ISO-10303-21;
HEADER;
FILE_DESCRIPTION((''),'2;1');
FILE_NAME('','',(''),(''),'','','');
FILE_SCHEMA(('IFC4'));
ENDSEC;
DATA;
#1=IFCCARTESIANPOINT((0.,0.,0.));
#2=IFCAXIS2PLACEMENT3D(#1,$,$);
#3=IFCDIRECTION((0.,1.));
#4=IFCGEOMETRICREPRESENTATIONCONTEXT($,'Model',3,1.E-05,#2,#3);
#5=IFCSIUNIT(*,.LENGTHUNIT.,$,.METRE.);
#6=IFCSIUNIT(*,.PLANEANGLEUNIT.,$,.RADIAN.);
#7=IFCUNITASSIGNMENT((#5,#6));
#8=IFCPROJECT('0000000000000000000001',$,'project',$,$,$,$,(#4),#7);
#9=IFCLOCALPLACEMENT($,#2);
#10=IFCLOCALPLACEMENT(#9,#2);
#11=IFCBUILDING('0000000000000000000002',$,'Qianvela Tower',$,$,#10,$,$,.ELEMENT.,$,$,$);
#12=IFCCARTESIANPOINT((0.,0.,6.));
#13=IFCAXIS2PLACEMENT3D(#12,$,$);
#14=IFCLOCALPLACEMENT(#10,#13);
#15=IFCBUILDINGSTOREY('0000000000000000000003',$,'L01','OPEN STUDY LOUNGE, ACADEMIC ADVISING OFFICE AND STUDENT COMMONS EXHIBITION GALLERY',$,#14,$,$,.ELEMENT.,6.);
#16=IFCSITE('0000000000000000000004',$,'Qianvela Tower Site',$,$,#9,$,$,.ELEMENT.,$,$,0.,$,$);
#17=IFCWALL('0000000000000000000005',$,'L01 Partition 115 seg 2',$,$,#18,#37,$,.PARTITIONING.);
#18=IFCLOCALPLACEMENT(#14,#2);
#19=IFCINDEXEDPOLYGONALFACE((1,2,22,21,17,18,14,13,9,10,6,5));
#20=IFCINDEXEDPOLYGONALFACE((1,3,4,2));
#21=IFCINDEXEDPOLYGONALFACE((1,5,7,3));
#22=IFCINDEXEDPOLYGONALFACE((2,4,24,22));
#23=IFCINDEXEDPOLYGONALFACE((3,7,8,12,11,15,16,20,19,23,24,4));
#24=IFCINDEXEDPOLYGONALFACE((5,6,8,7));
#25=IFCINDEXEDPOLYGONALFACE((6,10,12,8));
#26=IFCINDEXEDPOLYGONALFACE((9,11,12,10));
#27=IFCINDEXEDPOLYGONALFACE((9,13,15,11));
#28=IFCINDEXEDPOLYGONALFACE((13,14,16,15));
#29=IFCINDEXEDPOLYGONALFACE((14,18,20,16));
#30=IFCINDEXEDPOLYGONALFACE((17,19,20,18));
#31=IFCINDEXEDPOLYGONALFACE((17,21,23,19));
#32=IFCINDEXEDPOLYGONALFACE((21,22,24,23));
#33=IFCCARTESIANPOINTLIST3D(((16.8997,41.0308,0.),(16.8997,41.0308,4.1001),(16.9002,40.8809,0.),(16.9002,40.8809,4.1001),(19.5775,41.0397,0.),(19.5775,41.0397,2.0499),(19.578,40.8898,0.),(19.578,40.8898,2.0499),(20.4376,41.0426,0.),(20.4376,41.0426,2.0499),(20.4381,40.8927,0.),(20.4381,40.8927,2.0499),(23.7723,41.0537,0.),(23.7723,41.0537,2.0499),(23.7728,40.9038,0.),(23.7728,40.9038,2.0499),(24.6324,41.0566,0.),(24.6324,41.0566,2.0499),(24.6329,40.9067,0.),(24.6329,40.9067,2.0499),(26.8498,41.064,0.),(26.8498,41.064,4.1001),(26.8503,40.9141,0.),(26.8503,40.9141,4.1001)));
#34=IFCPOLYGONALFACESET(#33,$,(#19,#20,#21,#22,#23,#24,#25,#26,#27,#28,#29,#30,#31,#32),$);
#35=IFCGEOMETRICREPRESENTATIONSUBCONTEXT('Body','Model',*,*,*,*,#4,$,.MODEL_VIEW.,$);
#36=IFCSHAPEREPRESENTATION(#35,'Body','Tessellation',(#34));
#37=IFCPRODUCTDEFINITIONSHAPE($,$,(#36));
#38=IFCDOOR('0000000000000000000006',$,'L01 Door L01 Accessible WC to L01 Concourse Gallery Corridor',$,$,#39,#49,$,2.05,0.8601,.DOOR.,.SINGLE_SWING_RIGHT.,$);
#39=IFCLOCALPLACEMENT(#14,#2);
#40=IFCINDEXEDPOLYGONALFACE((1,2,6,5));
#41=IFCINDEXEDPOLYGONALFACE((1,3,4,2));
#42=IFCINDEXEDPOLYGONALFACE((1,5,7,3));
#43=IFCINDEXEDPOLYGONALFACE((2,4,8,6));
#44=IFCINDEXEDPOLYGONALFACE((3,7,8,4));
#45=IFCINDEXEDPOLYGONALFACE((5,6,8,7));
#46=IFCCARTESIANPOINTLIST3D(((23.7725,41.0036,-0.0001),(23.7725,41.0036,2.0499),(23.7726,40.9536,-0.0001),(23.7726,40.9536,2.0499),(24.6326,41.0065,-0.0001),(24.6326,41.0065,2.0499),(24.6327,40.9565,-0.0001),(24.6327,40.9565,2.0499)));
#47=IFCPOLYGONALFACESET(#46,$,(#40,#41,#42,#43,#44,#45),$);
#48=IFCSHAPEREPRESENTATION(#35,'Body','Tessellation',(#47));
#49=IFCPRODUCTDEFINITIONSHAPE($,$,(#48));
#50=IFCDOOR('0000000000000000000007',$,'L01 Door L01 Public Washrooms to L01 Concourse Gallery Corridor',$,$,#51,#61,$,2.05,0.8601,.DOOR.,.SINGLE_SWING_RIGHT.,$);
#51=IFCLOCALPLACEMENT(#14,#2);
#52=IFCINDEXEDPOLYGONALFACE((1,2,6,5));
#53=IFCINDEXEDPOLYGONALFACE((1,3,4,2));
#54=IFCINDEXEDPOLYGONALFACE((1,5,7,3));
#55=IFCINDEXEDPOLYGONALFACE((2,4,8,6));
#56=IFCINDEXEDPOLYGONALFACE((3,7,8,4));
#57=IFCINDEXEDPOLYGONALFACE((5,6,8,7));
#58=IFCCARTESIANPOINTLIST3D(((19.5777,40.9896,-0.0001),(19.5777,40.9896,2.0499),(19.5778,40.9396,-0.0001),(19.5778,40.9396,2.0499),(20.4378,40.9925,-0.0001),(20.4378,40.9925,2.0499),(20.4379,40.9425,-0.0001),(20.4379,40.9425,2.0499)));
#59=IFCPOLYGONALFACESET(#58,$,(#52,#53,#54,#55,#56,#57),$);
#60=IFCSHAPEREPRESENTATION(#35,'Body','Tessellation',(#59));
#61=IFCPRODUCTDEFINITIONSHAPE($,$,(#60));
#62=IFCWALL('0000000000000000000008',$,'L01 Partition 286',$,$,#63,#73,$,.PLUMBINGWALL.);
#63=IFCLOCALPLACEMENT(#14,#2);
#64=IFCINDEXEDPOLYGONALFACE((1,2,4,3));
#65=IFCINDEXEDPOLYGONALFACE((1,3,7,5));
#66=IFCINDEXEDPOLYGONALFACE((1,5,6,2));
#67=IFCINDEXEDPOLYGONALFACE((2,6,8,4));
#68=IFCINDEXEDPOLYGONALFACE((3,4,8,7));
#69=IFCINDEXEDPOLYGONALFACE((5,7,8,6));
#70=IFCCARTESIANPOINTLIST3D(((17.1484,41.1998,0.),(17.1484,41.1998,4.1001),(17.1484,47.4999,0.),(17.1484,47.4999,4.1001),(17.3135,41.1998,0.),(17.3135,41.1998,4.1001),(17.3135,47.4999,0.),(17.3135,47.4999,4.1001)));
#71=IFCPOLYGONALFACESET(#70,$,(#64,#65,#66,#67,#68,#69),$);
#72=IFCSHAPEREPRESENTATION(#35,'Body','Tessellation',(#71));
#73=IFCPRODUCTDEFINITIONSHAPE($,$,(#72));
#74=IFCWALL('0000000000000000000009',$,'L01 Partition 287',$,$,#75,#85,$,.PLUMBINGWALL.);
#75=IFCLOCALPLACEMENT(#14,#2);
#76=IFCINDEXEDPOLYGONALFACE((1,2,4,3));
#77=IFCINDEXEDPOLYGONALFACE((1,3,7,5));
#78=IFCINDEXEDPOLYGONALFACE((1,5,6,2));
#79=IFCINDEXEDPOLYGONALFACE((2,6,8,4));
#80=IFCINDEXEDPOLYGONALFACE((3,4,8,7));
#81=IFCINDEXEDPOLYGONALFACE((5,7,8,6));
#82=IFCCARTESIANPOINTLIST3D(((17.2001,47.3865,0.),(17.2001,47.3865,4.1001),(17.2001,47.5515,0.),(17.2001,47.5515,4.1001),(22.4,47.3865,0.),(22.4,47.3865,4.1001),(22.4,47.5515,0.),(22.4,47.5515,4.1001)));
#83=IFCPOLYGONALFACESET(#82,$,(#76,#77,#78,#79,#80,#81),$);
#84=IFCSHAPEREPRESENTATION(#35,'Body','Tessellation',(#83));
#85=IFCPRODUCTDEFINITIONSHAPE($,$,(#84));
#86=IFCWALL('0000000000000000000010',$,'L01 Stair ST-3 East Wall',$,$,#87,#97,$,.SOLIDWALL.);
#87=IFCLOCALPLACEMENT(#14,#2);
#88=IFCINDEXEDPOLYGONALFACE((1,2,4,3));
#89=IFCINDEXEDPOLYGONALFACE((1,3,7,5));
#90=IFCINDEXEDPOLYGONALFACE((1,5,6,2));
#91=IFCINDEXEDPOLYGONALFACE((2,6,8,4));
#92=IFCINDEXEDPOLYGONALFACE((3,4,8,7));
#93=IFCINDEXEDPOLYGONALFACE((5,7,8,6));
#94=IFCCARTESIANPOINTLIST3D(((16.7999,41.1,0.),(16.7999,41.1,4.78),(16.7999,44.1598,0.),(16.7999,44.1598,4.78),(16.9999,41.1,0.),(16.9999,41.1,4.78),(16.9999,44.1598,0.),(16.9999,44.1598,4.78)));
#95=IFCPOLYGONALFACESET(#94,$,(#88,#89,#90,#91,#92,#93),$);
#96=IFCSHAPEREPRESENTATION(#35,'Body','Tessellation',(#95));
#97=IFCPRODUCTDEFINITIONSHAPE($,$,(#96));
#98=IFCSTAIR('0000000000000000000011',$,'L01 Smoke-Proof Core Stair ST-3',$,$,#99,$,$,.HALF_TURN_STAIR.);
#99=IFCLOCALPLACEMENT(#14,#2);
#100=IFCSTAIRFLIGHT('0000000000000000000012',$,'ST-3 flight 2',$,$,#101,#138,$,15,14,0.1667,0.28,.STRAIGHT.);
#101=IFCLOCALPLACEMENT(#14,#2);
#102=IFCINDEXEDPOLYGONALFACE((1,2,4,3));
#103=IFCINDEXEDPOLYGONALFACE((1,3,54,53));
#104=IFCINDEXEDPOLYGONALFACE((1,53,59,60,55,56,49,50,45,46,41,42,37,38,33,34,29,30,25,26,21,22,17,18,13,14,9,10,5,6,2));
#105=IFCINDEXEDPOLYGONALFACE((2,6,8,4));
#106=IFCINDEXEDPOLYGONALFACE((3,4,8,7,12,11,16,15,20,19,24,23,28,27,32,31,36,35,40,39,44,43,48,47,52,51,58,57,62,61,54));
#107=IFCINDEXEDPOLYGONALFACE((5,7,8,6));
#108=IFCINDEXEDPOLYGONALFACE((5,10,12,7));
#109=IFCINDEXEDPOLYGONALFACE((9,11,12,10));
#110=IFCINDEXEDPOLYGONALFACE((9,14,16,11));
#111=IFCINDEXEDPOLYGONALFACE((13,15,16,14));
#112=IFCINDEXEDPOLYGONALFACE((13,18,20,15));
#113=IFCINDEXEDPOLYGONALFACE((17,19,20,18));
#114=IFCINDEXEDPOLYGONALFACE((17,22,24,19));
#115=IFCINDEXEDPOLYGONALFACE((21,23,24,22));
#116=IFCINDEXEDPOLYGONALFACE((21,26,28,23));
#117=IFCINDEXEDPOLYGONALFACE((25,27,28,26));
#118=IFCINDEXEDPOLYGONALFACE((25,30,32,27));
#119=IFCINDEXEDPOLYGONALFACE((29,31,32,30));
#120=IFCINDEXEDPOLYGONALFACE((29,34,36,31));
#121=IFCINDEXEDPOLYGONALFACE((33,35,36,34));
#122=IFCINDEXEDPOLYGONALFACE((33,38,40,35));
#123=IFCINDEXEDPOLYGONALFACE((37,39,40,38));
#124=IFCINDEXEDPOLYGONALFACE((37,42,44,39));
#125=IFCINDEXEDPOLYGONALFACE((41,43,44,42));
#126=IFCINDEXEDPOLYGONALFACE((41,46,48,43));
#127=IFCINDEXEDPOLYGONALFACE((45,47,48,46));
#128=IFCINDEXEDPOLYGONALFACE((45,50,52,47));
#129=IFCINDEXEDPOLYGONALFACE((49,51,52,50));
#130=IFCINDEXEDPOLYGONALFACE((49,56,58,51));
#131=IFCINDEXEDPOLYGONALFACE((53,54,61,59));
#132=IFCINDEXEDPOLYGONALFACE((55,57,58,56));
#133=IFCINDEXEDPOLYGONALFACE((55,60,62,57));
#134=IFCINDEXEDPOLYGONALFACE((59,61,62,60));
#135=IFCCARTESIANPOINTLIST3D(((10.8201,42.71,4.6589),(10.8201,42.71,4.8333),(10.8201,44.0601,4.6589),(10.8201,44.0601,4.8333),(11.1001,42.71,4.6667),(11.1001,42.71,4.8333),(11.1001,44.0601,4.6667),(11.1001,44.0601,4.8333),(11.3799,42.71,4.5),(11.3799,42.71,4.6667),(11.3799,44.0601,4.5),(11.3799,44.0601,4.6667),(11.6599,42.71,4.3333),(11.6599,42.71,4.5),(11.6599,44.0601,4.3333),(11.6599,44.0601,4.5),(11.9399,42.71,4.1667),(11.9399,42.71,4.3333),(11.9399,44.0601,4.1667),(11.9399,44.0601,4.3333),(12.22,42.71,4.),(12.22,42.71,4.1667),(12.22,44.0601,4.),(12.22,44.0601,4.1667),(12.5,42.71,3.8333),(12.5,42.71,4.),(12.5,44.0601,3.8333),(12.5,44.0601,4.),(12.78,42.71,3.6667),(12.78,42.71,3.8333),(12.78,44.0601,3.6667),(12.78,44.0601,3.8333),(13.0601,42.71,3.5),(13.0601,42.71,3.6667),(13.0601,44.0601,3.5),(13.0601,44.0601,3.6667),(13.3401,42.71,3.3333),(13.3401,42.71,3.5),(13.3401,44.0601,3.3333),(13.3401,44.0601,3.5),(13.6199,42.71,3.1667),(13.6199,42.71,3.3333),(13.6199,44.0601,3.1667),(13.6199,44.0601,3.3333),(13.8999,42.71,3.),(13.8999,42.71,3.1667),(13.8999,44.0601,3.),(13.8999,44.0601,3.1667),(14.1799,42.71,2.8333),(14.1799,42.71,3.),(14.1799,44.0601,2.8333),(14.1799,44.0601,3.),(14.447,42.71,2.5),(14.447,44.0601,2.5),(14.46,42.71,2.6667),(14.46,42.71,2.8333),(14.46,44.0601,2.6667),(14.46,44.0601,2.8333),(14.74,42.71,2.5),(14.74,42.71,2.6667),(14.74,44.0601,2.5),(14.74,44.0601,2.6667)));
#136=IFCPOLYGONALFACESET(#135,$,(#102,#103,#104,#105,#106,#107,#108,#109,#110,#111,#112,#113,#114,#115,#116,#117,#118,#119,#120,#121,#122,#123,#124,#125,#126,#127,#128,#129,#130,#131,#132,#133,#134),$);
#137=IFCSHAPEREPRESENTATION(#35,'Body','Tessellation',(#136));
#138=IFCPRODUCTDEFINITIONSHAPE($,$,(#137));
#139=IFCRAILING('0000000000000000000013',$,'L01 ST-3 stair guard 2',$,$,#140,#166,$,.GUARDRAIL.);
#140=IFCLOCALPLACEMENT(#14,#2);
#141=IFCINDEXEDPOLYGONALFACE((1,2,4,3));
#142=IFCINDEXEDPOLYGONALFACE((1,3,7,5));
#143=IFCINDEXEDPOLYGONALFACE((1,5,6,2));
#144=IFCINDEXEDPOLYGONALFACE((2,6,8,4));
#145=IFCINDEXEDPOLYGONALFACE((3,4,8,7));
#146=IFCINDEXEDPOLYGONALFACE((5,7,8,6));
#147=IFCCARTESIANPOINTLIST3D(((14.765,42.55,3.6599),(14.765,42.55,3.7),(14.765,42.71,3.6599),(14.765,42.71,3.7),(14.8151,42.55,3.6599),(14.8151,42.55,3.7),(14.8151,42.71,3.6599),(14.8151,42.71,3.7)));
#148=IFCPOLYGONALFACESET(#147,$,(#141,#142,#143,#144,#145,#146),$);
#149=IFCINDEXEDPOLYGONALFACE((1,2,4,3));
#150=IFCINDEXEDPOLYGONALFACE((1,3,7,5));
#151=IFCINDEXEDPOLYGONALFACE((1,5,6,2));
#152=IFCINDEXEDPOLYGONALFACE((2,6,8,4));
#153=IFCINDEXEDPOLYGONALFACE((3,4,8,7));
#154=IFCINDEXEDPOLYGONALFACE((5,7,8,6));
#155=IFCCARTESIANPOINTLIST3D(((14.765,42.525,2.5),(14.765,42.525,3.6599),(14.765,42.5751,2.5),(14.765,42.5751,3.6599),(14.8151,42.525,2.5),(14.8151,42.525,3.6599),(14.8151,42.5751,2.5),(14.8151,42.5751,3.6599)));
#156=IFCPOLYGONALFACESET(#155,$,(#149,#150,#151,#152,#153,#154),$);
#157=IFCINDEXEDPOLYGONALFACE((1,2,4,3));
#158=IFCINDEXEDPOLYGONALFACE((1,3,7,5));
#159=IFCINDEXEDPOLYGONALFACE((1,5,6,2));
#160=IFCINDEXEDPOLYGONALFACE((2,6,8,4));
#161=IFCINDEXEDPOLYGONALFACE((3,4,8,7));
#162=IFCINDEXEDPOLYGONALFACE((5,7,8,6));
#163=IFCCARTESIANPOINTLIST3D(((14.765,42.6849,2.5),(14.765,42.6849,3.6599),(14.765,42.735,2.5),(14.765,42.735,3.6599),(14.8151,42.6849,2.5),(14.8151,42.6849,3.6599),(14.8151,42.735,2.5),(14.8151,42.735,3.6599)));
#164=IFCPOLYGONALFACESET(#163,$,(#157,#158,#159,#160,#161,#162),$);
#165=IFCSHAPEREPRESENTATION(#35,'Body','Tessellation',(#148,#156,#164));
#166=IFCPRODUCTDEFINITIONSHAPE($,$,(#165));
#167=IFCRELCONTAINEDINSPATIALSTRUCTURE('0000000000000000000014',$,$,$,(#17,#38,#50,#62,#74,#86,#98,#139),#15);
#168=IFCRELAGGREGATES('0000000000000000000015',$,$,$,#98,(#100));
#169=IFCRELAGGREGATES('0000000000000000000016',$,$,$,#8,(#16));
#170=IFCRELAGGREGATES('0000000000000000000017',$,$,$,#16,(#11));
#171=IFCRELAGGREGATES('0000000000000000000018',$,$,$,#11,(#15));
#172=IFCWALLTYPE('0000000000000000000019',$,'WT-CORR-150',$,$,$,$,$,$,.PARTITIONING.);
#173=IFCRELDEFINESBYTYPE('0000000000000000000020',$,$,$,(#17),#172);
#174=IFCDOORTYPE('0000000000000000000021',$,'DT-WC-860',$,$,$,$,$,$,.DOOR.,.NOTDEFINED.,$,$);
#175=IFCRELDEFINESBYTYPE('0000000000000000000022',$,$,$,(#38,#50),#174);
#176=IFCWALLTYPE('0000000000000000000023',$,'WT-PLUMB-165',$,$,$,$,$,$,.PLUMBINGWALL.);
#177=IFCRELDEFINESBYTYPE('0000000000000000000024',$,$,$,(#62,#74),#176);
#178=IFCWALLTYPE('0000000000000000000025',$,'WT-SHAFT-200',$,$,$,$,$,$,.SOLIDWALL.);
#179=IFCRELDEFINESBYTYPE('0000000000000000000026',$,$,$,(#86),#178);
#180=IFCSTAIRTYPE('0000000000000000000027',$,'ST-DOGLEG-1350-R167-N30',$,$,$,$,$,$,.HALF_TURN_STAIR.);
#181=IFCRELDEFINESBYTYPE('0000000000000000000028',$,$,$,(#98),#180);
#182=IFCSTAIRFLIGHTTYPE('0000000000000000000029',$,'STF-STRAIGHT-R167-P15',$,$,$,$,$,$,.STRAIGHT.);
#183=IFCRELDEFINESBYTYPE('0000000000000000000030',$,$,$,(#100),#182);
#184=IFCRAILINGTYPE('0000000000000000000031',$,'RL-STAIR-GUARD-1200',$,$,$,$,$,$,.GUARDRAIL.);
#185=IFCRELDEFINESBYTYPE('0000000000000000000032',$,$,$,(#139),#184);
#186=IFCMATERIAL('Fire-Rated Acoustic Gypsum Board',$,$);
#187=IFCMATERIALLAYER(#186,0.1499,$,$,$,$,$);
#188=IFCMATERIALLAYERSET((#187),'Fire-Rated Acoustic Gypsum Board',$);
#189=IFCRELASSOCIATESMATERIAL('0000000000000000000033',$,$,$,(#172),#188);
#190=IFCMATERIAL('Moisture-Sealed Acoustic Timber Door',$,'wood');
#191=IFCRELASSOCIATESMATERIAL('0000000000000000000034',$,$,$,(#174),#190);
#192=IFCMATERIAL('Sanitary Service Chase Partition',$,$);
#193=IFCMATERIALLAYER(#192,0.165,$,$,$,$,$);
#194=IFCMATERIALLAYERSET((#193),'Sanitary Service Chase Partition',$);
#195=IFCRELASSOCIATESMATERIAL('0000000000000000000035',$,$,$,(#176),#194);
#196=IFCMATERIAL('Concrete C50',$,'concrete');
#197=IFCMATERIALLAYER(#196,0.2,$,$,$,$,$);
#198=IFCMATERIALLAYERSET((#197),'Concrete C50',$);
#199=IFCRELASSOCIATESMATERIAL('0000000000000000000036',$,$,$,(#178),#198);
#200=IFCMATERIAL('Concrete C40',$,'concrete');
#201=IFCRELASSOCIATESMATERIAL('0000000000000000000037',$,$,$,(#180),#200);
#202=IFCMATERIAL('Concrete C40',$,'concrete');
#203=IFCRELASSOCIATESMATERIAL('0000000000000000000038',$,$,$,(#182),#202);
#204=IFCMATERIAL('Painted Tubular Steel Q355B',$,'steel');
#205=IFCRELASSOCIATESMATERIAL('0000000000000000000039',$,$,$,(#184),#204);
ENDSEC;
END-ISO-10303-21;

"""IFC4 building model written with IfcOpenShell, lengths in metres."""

from ifc_helpers import new_model, si_unit, direction, frame, frame_2d, origin, origin_2d, place, context, subcontext, project, spatial, polyline, rectangle, outline, extrude, material, layer, layer_set, type_object, element, fill, aggregate, save


model = new_model("IFC4")

# Units and contexts
model_context = context("Model", 3, precision=1e-05, world=origin(), true_north=direction((0.0, 1.0)))
body_context = subcontext(model_context, "Body", "Model", "MODEL_VIEW")
ifc_project = project(units=[si_unit("LENGTHUNIT", "METRE"), si_unit("PLANEANGLEUNIT", "RADIAN")], contexts=[model_context])

# Site, building, storey
site_placement = place(None, origin())
site = spatial("IfcSite", under=ifc_project, at=site_placement, Name="Qianvela Tower Site", CompositionType="ELEMENT", RefElevation=0.0)
building_placement = place(site_placement, origin())
building = spatial("IfcBuilding", under=site, at=building_placement, Name="Qianvela Tower", CompositionType="ELEMENT")
storey_placement = place(building_placement, frame((0.0, 0.0, 6.0)))
storey = spatial("IfcBuildingStorey", under=building, at=storey_placement, Name="L01", Description="OPEN STUDY LOUNGE, ACADEMIC ADVISING OFFICE AND STUDENT COMMONS EXHIBITION GALLERY", CompositionType="ELEMENT", Elevation=6.0)

# Wall, openings, doors
ifc_material_1 = material(Name="Fire-Rated Acoustic Gypsum Board")
ifc_layer_1 = layer(ifc_material_1, 0.1499)
ifc_layer_set_1 = layer_set([ifc_layer_1], Name="Fire-Rated Acoustic Gypsum Board")
wall_type_1 = type_object("IfcWallType", Name="WT-CORR-150", PredefinedType="PARTITIONING", material=ifc_layer_set_1)
wall_1_placement = place(storey_placement, frame((16.8999, 40.9558, 0.0), z_axis=(0.0, 0.0, 1.0), x_axis=(0.999994, 0.003337, 0.0)))
wall_1 = element("IfcWall", 1, at=wall_1_placement, inside=storey, type_object=wall_type_1, Name="L01 Partition 115 seg 2", PredefinedType="PARTITIONING", context=body_context, shape_type="SweptSolid", body=[
    extrude(rectangle(XDim=9.9502, YDim=0.1499, at=frame_2d((4.9751, 0.0))), origin(), (0.0, 0.0, 1.0), 4.1001),
])
opening_1_placement = place(wall_1_placement, frame((6.8726, 0.0, 0.0)))
opening_1 = element("IfcOpeningElement", 2, at=opening_1_placement, cuts=wall_1, PredefinedType="OPENING", context=body_context, shape_type="SweptSolid", body=[
    extrude(rectangle(XDim=0.8601, YDim=2.05, at=frame_2d((0.4302, 1.0249))), frame((0.0, 0.085, 0.0), z_axis=(0.0, -1.0, 0.0), x_axis=(1.0, 0.0, 0.0)), (0.0, 0.0, 1.0), 0.1699),
])
opening_2_placement = place(wall_1_placement, frame((2.6777, 0.0, 0.0)))
opening_2 = element("IfcOpeningElement", 3, at=opening_2_placement, cuts=wall_1, PredefinedType="OPENING", context=body_context, shape_type="SweptSolid", body=[
    extrude(rectangle(XDim=0.8601, YDim=2.05, at=frame_2d((0.4302, 1.0249))), frame((0.0, 0.085, 0.0), z_axis=(0.0, -1.0, 0.0), x_axis=(1.0, 0.0, 0.0)), (0.0, 0.0, 1.0), 0.1699),
])
ifc_material_2 = material(Name="Moisture-Sealed Acoustic Timber Door", Category="wood")
door_type = type_object("IfcDoorType", Name="DT-WC-860", OperationType="NOTDEFINED", PredefinedType="DOOR", material=ifc_material_2)
door_1_placement = place(opening_1_placement, origin())
door_1 = element("IfcDoor", 4, at=door_1_placement, inside=storey, type_object=door_type, Name="L01 Door L01 Accessible WC to L01 Concourse Gallery Corridor", OperationType="SINGLE_SWING_RIGHT", OverallHeight=2.05, OverallWidth=0.8601, PredefinedType="DOOR", context=body_context, shape_type="SweptSolid", body=[
    extrude(rectangle(XDim=0.8601, YDim=2.05, at=frame_2d((0.4302, 1.0249))), frame((0.0, 0.0249, 0.0), z_axis=(0.0, -1.0, 0.0), x_axis=(1.0, 0.0, 0.0)), (0.0, 0.0, 1.0), 0.05),
])
fill(opening_1, door_1)
door_2_placement = place(opening_2_placement, origin())
door_2 = element("IfcDoor", 5, at=door_2_placement, inside=storey, type_object=door_type, Name="L01 Door L01 Public Washrooms to L01 Concourse Gallery Corridor", OperationType="SINGLE_SWING_RIGHT", OverallHeight=2.05, OverallWidth=0.8601, PredefinedType="DOOR", context=body_context, shape_type="SweptSolid", body=[
    extrude(rectangle(XDim=0.8601, YDim=2.05, at=frame_2d((0.4302, 1.0249))), frame((0.0, 0.0249, 0.0), z_axis=(0.0, -1.0, 0.0), x_axis=(1.0, 0.0, 0.0)), (0.0, 0.0, 1.0), 0.05),
])
fill(opening_2, door_2)

# Walls
ifc_material_3 = material(Name="Sanitary Service Chase Partition")
ifc_layer_2 = layer(ifc_material_3, 0.165)
ifc_layer_set_2 = layer_set([ifc_layer_2], Name="Sanitary Service Chase Partition")
wall_type_2 = type_object("IfcWallType", Name="WT-PLUMB-165", PredefinedType="PLUMBINGWALL", material=ifc_layer_set_2)
wall_2_placement = place(storey_placement, frame((17.231, 41.2, 0.0), z_axis=(0.0, 0.0, 1.0), x_axis=(0.0, 1.0, 0.0)))
element("IfcWall", 6, at=wall_2_placement, inside=storey, type_object=wall_type_2, Name="L01 Partition 286", PredefinedType="PLUMBINGWALL", context=body_context, shape_type="SweptSolid", body=[
    extrude(rectangle(XDim=6.3, YDim=0.165, at=frame_2d((3.1499, 0.0))), origin(), (0.0, 0.0, 1.0), 4.1001),
])
wall_3_placement = place(storey_placement, frame((17.2, 47.469, 0.0), z_axis=(0.0, 0.0, 1.0), x_axis=(1.0, 0.0, 0.0)))
element("IfcWall", 7, at=wall_3_placement, inside=storey, type_object=wall_type_2, Name="L01 Partition 287", PredefinedType="PLUMBINGWALL", context=body_context, shape_type="SweptSolid", body=[
    extrude(rectangle(XDim=5.2, YDim=0.165, at=frame_2d((2.6001, 0.0))), origin(), (0.0, 0.0, 1.0), 4.1001),
])
ifc_material_4 = material(Name="Concrete C50", Category="concrete")
ifc_layer_3 = layer(ifc_material_4, 0.2)
ifc_layer_set_3 = layer_set([ifc_layer_3], Name="Concrete C50")
wall_type_3 = type_object("IfcWallType", Name="WT-SHAFT-200", PredefinedType="SOLIDWALL", material=ifc_layer_set_3)
wall_4_placement = place(storey_placement, frame((16.8999, 41.1001, 0.0), z_axis=(0.0, 0.0, 1.0), x_axis=(0.0, 1.0, 0.0)))
element("IfcWall", 8, at=wall_4_placement, inside=storey, type_object=wall_type_3, Name="L01 Stair ST-3 East Wall", PredefinedType="SOLIDWALL", context=body_context, shape_type="SweptSolid", body=[
    extrude(rectangle(XDim=3.0598, YDim=0.2, at=frame_2d((1.5298, 0.0))), origin(), (0.0, 0.0, 1.0), 4.78),
])

# Stair, stair flight
ifc_material_5 = material(Name="Concrete C40", Category="concrete")
stair_type = type_object("IfcStairType", Name="ST-DOGLEG-1350-R167-N30", PredefinedType="HALF_TURN_STAIR", material=ifc_material_5)
stair_placement = place(storey_placement, origin())
stair = element("IfcStair", 9, at=stair_placement, inside=storey, type_object=stair_type, Name="L01 Smoke-Proof Core Stair ST-3", PredefinedType="HALF_TURN_STAIR")
ifc_material_6 = material(Name="Concrete C40", Category="concrete")
stair_flight_type = type_object("IfcStairFlightType", Name="STF-STRAIGHT-R167-P15", PredefinedType="STRAIGHT", material=ifc_material_6)
stair_flight_placement = place(storey_placement, frame((14.74, 43.385, 2.5), z_axis=(0.0, 0.0, 1.0), x_axis=(-1.0, 0.0, 0.0)))
stair_flight = element("IfcStairFlight", 10, at=stair_flight_placement, type_object=stair_flight_type, Name="ST-3 flight 2", NumberOfRisers=15, NumberOfTreads=14, PredefinedType="STRAIGHT", RiserHeight=0.1667, TreadLength=0.28, context=body_context, shape_type="SweptSolid", body=[
    extrude(outline(polyline([(0.0, 0.0), (0.0, 0.1667), (0.28, 0.1667), (0.28, 0.3333), (0.5601, 0.3333), (0.5601, 0.5), (0.8401, 0.5), (0.8401, 0.6667), (1.1201, 0.6667), (1.1201, 0.8333), (1.3999, 0.8333), (1.3999, 1.0), (1.6799, 1.0), (1.6799, 1.1667), (1.96, 1.1667), (1.96, 1.3333), (2.24, 1.3333), (2.24, 1.5), (2.52, 1.5), (2.52, 1.6667), (2.8, 1.6667), (2.8, 1.8333), (3.0801, 1.8333), (3.0801, 2.0), (3.3601, 2.0), (3.3601, 2.1667), (3.6399, 2.1667), (3.6399, 2.3333), (3.9199, 2.3333), (3.9199, 2.5), (3.9199, 2.1589), (0.293, 0.0), (0.0, 0.0)])), frame((0.0, 0.675, 0.0), z_axis=(0.0, -1.0, 0.0), x_axis=(1.0, 0.0, 0.0)), (0.0, 0.0, 1.0), 1.3501),
])
aggregate(stair, [stair_flight])

# Railing
ifc_material_7 = material(Name="Painted Tubular Steel Q355B", Category="steel")
railing_type_1 = type_object("IfcRailingType", Name="RL-STAIR-GUARD-1200", PredefinedType="GUARDRAIL", material=ifc_material_7)
railing_1_placement = place(storey_placement, frame((14.79, 42.55, 2.5)))
element("IfcRailing", 11, at=railing_1_placement, inside=storey, type_object=railing_type_1, Name="L01 ST-3 stair guard 2", PredefinedType="GUARDRAIL", context=body_context, shape_type="SweptSolid", body=[
    extrude(rectangle(XDim=0.05, YDim=0.04, at=origin_2d()), frame((0.0, 0.0, 1.1799), z_axis=(0.0, 1.0, 0.0), x_axis=(-1.0, 0.0, 0.0)), (0.0, 0.0, 1.0), 0.1599),
    extrude(rectangle(XDim=0.05, YDim=0.05, at=origin_2d()), origin(), (0.0, 0.0, 1.0), 1.1599),
    extrude(rectangle(XDim=0.05, YDim=0.05, at=origin_2d()), frame((0.0, 0.1599, 0.0)), (0.0, 0.0, 1.0), 1.1599),
])

save(model, "model.ifc")
